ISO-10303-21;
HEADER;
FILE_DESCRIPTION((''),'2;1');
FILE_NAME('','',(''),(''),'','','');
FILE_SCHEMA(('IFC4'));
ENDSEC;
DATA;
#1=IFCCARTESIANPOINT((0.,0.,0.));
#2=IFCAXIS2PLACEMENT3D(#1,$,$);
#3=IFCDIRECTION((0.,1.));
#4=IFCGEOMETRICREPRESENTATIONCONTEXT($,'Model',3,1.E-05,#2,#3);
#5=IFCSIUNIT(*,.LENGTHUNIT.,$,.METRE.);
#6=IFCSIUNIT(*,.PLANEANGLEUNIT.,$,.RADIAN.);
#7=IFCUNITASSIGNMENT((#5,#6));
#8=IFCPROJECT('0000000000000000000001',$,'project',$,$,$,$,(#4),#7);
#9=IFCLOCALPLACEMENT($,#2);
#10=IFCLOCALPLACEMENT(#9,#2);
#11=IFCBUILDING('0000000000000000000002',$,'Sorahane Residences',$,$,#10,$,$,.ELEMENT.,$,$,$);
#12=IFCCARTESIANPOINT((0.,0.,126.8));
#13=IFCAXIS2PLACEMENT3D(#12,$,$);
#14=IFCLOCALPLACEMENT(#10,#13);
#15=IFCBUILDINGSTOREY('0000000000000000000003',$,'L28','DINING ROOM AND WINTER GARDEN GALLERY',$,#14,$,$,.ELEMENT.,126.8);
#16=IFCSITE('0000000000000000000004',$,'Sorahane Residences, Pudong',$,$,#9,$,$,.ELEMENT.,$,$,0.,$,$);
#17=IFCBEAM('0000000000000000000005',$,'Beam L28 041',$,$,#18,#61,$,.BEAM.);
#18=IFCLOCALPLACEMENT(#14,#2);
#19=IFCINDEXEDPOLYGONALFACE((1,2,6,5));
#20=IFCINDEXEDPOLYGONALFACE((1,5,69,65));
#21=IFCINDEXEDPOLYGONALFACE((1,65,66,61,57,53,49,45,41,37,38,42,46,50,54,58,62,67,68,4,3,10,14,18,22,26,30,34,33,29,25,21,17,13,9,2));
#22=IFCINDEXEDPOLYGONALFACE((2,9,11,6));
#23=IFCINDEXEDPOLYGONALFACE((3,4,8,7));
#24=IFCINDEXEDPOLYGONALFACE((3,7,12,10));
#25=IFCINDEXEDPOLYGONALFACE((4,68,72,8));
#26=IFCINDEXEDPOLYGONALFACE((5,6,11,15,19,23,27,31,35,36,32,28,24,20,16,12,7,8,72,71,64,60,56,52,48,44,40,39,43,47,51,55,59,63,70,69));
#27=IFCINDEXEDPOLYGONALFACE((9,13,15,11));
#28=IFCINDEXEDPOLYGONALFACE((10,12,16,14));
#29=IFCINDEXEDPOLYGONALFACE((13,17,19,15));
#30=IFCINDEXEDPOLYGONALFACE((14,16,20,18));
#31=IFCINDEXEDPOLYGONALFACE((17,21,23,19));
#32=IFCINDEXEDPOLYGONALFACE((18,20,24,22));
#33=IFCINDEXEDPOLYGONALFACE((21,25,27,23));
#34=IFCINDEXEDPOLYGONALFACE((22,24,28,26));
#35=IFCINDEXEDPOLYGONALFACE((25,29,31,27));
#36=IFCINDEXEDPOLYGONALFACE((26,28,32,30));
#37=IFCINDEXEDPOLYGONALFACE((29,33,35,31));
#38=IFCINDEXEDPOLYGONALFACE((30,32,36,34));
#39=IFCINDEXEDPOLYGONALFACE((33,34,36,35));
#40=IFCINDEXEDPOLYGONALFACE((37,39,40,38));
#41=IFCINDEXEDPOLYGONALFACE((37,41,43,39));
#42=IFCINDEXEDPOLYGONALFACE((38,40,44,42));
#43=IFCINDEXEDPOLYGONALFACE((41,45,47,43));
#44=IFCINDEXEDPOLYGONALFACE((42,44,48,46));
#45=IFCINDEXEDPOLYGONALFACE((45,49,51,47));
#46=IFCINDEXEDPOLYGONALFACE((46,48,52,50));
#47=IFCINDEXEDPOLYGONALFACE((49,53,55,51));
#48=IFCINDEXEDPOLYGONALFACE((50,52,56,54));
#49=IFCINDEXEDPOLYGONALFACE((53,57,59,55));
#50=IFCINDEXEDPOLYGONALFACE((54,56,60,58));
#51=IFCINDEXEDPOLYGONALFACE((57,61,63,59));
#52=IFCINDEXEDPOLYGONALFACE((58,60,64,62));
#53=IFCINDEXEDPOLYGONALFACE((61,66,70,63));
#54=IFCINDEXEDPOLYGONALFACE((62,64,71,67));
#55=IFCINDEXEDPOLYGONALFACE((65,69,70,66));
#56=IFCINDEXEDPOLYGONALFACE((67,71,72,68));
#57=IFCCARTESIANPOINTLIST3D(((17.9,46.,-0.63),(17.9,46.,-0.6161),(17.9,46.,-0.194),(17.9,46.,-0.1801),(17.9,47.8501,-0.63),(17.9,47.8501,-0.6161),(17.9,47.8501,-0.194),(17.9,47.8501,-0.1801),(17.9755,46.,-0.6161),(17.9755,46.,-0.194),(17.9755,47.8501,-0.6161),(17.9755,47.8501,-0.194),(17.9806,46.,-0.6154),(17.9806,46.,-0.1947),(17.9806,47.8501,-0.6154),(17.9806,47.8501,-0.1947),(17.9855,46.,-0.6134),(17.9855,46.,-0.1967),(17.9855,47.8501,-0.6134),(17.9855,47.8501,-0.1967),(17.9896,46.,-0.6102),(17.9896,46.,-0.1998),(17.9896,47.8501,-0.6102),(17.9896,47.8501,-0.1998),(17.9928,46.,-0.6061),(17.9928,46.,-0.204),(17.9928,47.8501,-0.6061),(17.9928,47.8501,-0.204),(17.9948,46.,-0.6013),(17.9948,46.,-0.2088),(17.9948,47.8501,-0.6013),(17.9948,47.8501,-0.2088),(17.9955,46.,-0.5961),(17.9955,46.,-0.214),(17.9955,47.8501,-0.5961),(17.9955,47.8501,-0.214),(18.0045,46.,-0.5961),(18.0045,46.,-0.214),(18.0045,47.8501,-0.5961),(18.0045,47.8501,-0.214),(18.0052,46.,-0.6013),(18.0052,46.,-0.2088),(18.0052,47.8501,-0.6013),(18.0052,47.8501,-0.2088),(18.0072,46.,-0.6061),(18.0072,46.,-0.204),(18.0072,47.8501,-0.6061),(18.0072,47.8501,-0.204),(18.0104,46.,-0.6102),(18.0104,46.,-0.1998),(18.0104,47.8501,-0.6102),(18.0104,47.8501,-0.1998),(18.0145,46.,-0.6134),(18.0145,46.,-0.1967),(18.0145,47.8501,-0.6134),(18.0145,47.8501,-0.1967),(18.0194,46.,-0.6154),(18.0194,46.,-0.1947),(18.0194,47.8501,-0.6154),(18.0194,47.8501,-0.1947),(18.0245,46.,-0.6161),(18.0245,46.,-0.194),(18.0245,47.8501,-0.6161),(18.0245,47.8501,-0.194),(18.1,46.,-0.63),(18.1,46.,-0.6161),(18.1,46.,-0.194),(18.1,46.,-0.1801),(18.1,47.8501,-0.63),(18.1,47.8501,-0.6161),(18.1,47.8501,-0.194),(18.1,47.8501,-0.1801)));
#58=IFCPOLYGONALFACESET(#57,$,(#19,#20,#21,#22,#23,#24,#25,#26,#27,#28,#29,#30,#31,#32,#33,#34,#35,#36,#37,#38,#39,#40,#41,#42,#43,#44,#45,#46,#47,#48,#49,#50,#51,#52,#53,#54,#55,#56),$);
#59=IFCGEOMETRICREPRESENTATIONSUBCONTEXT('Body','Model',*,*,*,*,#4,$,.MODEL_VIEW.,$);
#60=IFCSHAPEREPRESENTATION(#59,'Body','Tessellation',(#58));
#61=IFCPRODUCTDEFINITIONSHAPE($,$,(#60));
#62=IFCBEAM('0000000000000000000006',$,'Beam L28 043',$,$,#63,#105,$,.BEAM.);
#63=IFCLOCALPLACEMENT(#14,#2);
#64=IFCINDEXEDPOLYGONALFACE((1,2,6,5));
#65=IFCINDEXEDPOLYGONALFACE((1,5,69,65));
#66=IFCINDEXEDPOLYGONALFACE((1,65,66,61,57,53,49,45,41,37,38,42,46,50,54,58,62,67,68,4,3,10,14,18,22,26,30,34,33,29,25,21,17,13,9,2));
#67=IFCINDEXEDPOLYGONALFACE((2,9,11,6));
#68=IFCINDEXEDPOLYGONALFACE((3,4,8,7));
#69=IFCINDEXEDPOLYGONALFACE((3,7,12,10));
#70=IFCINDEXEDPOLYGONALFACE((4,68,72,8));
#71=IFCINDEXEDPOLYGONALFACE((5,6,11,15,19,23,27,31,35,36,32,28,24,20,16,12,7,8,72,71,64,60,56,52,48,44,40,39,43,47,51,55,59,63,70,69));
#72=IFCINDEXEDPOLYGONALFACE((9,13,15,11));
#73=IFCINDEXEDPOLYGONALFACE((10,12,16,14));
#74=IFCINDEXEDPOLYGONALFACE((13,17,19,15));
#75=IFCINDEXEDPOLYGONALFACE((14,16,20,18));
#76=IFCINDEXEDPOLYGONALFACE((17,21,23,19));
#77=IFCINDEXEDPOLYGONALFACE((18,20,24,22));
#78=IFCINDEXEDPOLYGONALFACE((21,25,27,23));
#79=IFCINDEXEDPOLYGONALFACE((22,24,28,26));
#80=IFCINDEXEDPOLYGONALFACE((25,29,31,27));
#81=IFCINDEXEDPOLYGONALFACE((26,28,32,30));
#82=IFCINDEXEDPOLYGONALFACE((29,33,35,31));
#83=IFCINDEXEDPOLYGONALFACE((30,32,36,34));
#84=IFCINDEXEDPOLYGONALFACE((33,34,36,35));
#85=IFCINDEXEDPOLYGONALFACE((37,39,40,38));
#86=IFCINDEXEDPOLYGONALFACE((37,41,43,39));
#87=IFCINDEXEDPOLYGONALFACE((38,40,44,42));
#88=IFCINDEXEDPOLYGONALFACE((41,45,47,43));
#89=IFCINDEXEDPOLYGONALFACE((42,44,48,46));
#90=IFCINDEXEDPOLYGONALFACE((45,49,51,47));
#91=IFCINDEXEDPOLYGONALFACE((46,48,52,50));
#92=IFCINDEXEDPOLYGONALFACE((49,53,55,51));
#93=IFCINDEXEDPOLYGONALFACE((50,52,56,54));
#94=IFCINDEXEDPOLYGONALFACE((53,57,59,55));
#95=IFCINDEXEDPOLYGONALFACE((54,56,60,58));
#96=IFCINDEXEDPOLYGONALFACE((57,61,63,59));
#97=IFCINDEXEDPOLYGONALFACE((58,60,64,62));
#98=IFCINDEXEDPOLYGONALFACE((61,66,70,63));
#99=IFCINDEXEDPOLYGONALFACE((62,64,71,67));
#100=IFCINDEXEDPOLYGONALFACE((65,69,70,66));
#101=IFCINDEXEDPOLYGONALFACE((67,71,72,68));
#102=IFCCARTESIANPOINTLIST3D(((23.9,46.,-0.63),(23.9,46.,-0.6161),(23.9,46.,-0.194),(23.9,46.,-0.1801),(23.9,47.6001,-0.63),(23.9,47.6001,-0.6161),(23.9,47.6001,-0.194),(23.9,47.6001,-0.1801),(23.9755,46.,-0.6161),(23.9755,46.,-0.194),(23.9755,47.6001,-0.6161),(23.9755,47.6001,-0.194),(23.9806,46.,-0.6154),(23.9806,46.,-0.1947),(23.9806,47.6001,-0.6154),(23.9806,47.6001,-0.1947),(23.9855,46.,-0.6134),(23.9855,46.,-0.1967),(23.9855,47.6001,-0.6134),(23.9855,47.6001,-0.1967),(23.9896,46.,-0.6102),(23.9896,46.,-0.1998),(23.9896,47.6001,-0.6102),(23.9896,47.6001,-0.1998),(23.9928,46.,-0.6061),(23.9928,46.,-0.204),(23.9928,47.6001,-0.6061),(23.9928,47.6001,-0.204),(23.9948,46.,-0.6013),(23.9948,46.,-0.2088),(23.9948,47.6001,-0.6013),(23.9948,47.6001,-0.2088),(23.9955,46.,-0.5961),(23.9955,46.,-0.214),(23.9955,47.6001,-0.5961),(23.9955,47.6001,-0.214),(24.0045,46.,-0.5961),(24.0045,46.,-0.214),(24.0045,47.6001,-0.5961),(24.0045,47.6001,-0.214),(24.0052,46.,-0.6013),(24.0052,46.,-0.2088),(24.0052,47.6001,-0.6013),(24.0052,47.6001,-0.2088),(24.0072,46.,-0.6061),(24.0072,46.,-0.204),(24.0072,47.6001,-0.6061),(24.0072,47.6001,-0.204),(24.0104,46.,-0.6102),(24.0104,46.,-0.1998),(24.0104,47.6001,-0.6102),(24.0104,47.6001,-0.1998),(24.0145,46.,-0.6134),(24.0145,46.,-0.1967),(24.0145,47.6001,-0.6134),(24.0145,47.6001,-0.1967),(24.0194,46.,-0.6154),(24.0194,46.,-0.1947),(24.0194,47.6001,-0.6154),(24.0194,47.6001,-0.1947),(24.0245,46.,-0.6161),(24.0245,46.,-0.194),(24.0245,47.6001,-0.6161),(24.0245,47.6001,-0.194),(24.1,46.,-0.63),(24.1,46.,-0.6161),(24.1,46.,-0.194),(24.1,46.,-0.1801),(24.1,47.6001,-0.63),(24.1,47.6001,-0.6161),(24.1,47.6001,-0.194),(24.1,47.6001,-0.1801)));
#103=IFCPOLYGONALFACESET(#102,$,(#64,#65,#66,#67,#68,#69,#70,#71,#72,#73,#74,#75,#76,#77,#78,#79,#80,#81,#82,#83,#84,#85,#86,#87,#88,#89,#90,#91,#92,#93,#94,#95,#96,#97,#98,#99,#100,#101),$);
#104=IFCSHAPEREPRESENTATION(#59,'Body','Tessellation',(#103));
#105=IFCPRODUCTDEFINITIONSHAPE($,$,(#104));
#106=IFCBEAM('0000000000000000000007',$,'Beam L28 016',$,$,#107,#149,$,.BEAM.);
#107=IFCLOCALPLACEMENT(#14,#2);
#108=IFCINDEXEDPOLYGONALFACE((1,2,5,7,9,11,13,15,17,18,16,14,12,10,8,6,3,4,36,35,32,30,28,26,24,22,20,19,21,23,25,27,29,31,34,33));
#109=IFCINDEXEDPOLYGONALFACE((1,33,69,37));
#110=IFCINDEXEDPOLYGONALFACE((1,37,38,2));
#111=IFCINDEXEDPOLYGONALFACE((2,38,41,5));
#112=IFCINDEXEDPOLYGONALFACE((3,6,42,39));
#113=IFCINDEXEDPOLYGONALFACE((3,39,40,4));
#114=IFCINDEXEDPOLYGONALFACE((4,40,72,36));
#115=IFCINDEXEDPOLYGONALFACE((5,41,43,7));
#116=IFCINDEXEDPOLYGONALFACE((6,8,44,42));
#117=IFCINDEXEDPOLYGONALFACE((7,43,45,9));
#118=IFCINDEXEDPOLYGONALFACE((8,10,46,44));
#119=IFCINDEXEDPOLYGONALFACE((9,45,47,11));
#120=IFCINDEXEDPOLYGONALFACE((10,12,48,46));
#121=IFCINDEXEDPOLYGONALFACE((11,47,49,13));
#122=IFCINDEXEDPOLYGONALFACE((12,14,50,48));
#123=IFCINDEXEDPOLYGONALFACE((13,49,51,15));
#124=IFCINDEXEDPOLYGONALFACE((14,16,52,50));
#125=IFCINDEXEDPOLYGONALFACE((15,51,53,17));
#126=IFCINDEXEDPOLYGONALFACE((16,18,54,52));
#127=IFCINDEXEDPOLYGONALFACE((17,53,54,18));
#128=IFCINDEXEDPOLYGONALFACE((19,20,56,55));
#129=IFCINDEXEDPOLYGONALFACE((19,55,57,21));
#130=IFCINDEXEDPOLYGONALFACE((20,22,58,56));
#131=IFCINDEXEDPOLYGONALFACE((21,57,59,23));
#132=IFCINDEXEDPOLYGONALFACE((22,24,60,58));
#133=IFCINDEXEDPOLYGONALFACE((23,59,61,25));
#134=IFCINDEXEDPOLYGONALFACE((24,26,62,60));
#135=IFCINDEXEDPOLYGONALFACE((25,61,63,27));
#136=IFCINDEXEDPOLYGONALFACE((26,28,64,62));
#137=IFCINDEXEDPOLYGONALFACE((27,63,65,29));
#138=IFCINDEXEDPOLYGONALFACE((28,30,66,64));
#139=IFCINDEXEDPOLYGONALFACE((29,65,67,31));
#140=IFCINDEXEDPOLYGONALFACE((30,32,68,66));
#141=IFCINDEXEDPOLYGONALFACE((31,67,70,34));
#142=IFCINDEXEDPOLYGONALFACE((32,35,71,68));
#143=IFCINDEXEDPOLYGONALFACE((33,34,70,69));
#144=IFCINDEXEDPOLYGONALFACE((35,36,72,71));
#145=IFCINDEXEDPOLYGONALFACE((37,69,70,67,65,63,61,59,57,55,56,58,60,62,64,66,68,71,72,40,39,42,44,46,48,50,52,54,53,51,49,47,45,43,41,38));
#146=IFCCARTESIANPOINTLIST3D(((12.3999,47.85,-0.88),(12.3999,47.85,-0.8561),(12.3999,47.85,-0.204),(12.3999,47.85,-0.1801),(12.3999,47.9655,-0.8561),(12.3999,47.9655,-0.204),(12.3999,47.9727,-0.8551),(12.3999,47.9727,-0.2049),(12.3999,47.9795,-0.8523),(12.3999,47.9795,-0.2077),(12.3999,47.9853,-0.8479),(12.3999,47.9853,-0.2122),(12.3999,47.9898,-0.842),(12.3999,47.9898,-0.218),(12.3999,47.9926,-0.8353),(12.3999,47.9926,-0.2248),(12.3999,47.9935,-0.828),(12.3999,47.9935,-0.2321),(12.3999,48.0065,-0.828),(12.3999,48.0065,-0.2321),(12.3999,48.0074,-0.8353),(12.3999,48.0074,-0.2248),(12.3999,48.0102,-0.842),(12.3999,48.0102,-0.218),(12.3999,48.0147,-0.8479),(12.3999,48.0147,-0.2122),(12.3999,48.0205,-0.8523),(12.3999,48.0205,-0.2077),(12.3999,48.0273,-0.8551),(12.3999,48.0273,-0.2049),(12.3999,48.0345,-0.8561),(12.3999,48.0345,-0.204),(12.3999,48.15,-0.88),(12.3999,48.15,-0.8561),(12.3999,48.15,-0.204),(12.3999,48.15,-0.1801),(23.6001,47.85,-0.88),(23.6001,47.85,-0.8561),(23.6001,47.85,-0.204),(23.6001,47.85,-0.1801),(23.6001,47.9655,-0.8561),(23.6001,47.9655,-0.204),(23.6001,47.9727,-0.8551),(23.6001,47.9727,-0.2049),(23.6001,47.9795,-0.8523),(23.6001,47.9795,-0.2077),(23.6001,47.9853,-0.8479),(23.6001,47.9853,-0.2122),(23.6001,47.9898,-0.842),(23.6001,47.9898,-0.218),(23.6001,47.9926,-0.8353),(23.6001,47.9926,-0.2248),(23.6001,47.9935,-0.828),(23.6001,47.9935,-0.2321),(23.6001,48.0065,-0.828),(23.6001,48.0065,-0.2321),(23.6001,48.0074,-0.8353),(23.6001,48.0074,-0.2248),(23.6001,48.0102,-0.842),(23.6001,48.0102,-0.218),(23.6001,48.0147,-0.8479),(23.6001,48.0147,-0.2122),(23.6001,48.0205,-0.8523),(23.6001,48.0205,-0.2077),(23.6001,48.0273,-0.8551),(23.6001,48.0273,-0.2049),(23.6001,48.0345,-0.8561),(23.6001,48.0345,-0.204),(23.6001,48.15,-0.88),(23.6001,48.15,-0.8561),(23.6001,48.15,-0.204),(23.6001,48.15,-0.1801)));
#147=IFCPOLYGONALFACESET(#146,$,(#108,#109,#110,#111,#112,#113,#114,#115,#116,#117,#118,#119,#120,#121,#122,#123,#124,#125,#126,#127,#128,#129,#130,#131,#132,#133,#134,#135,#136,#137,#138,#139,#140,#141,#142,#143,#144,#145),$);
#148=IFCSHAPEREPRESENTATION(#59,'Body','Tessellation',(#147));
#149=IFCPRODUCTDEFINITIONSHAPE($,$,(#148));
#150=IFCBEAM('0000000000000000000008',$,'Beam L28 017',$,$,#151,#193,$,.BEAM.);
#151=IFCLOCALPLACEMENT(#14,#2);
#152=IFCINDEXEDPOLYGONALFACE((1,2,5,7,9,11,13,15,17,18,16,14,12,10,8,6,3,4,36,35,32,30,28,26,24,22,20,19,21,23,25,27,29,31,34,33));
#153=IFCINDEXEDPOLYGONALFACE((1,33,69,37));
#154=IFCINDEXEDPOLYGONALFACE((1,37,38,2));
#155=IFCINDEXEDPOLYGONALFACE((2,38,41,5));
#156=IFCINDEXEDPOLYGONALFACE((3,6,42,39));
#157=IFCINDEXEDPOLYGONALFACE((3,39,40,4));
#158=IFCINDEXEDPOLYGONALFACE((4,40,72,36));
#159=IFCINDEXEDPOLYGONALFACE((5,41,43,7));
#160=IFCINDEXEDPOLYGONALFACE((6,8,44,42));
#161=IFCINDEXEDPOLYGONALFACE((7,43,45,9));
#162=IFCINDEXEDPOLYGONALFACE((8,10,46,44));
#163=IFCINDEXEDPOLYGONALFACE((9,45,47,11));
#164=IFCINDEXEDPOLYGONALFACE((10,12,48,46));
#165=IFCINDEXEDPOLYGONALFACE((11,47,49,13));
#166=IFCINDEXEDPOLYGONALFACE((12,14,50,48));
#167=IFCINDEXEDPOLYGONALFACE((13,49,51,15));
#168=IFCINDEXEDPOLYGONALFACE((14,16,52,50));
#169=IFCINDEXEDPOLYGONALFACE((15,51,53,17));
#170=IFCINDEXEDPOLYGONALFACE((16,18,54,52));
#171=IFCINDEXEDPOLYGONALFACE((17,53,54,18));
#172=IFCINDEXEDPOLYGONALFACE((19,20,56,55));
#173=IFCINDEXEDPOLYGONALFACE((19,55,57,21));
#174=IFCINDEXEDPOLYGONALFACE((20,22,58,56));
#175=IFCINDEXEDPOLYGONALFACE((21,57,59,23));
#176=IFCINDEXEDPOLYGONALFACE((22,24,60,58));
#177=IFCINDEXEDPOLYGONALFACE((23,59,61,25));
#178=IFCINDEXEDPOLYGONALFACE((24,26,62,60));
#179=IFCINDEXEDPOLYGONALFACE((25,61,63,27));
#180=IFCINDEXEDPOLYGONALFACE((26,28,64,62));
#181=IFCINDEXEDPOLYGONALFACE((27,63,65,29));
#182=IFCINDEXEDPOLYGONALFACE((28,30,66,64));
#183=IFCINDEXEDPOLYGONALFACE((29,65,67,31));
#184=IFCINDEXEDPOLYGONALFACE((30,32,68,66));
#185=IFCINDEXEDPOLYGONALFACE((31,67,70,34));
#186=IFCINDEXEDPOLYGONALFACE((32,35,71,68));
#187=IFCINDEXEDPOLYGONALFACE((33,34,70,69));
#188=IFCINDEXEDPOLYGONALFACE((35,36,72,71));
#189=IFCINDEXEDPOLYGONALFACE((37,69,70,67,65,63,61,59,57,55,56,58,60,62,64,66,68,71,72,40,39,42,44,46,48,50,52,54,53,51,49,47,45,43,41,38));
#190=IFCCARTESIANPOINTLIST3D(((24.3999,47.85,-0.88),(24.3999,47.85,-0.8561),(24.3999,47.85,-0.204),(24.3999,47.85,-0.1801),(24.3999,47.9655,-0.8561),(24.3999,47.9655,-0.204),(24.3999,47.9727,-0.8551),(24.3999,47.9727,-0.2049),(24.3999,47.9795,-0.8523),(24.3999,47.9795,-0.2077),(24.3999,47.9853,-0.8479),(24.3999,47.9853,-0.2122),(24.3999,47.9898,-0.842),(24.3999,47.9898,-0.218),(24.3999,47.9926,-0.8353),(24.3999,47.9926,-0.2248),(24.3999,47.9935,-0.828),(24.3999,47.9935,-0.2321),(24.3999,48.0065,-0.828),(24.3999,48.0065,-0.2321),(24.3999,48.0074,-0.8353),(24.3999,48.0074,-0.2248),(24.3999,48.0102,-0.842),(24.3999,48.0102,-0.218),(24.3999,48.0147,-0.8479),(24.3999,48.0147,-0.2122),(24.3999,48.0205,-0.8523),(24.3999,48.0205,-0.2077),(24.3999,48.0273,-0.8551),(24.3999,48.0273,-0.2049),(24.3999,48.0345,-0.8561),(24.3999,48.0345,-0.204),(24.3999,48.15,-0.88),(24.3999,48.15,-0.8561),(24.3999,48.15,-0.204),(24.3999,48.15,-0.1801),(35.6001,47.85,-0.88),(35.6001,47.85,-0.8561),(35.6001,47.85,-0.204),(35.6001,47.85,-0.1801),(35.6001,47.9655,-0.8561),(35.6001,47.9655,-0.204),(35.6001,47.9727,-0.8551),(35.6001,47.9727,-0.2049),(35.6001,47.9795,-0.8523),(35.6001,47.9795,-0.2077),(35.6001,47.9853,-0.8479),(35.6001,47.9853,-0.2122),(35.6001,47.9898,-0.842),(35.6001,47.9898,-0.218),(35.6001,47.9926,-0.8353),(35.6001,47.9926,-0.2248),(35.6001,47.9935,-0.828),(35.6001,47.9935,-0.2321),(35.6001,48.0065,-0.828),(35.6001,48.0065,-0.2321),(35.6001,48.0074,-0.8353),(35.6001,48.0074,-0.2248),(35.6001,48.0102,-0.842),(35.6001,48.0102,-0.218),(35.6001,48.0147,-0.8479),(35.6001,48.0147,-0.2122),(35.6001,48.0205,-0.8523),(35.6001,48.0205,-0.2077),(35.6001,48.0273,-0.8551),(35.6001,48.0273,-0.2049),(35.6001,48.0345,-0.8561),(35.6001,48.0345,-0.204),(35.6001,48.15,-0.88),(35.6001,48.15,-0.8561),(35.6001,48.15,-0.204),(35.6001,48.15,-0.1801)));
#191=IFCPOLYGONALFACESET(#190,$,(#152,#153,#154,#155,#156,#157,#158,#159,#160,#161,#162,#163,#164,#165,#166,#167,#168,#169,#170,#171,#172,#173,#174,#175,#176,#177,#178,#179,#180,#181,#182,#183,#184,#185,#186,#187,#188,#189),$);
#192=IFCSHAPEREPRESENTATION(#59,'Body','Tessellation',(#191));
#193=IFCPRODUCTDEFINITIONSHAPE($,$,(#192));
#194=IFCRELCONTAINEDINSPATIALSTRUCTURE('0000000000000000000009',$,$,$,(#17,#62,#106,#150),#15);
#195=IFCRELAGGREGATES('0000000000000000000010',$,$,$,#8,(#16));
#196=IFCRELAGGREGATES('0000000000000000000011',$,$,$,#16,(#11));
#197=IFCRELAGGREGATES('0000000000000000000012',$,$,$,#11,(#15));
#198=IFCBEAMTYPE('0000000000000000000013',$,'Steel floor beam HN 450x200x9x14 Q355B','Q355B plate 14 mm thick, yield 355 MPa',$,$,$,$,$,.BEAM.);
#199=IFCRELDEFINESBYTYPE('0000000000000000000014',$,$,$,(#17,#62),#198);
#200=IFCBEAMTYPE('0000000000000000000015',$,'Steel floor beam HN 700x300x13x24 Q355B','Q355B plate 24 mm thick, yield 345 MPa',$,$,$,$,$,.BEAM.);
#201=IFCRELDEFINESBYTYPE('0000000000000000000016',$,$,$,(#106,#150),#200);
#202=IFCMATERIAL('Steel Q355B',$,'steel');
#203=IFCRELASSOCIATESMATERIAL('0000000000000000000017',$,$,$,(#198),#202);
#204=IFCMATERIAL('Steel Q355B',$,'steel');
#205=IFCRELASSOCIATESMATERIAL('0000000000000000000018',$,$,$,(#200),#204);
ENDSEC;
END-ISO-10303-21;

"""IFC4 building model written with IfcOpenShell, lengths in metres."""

from ifc_helpers import new_model, si_unit, direction, frame, origin, origin_2d, place, context, subcontext, project, spatial, i_section, extrude, material, material_profile, profile_set, type_object, element, save


model = new_model("IFC4")

# Units and contexts
model_context = context("Model", 3, precision=1e-05, world=origin(), true_north=direction((0.0, 1.0)))
body_context = subcontext(model_context, "Body", "Model", "MODEL_VIEW")
ifc_project = project(units=[si_unit("LENGTHUNIT", "METRE"), si_unit("PLANEANGLEUNIT", "RADIAN")], contexts=[model_context])

# Site, building, storey
site_placement = place(None, origin())
site = spatial("IfcSite", under=ifc_project, at=site_placement, Name="Sorahane Residences, Pudong", CompositionType="ELEMENT", RefElevation=0.0)
building_placement = place(site_placement, origin())
building = spatial("IfcBuilding", under=site, at=building_placement, Name="Sorahane Residences", CompositionType="ELEMENT")
storey_placement = place(building_placement, frame((0.0, 0.0, 126.8)))
storey = spatial("IfcBuildingStorey", under=building, at=storey_placement, Name="L28", Description="DINING ROOM AND WINTER GARDEN GALLERY", CompositionType="ELEMENT", Elevation=126.8)

# Beams
ifc_material_1 = material(Name="Steel Q355B", Category="steel")
ifc_material_profile_1 = material_profile(ifc_material_1, i_section(OverallWidth=0.2, OverallDepth=0.45, WebThickness=0.009, FlangeThickness=0.0139, FilletRadius=0.02, at=origin_2d()), Name="HN 450x200x9x14")
ifc_profile_set_1 = profile_set([ifc_material_profile_1], Name="Steel Q355B")
beam_type_1 = type_object("IfcBeamType", Name="Steel floor beam HN 450x200x9x14 Q355B", Description="Q355B plate 14 mm thick, yield 355 MPa", PredefinedType="BEAM", material=ifc_profile_set_1)
beam_1_placement = place(storey_placement, frame((18.0, 46.0, -0.405), z_axis=(0.0, 1.0, 0.0), x_axis=(-1.0, 0.0, 0.0)))
element("IfcBeam", 1, at=beam_1_placement, inside=storey, type_object=beam_type_1, Name="Beam L28 041", PredefinedType="BEAM", context=body_context, shape_type="SweptSolid", body=[
    extrude(i_section(OverallWidth=0.2, OverallDepth=0.45, WebThickness=0.009, FlangeThickness=0.0139, FilletRadius=0.02, at=origin_2d()), origin(), (0.0, 0.0, 1.0), 1.8501),
])
beam_2_placement = place(storey_placement, frame((24.0, 46.0, -0.405), z_axis=(0.0, 1.0, 0.0), x_axis=(-1.0, 0.0, 0.0)))
element("IfcBeam", 2, at=beam_2_placement, inside=storey, type_object=beam_type_1, Name="Beam L28 043", PredefinedType="BEAM", context=body_context, shape_type="SweptSolid", body=[
    extrude(i_section(OverallWidth=0.2, OverallDepth=0.45, WebThickness=0.009, FlangeThickness=0.0139, FilletRadius=0.02, at=origin_2d()), origin(), (0.0, 0.0, 1.0), 1.6001),
])
ifc_material_2 = material(Name="Steel Q355B", Category="steel")
ifc_material_profile_2 = material_profile(ifc_material_2, i_section(OverallWidth=0.3, OverallDepth=0.7, WebThickness=0.0129, FlangeThickness=0.0239, FilletRadius=0.0281, at=origin_2d()), Name="HN 700x300x13x24")
ifc_profile_set_2 = profile_set([ifc_material_profile_2], Name="Steel Q355B")
beam_type_2 = type_object("IfcBeamType", Name="Steel floor beam HN 700x300x13x24 Q355B", Description="Q355B plate 24 mm thick, yield 345 MPa", PredefinedType="BEAM", material=ifc_profile_set_2)
for number, where, z_axis, x_axis, name in (
    (3, (12.3999, 48.0, -0.53), (1.0, 0.0, 0.0), (0.0, 1.0, 0.0), "Beam L28 016"),
    (4, (24.3999, 48.0, -0.53), (1.0, 0.0, 0.0), (0.0, 1.0, 0.0), "Beam L28 017"),
):
    element("IfcBeam", number, at=place(storey_placement, frame(where, z_axis=z_axis, x_axis=x_axis)), inside=storey, type_object=beam_type_2, Name=name, PredefinedType="BEAM", context=body_context, shape_type="SweptSolid", body=[
        extrude(i_section(OverallWidth=0.3, OverallDepth=0.7, WebThickness=0.0129, FlangeThickness=0.0239, FilletRadius=0.0281, at=origin_2d()), origin(), (0.0, 0.0, 1.0), 11.2002),
    ])

save(model, "model.ifc")
